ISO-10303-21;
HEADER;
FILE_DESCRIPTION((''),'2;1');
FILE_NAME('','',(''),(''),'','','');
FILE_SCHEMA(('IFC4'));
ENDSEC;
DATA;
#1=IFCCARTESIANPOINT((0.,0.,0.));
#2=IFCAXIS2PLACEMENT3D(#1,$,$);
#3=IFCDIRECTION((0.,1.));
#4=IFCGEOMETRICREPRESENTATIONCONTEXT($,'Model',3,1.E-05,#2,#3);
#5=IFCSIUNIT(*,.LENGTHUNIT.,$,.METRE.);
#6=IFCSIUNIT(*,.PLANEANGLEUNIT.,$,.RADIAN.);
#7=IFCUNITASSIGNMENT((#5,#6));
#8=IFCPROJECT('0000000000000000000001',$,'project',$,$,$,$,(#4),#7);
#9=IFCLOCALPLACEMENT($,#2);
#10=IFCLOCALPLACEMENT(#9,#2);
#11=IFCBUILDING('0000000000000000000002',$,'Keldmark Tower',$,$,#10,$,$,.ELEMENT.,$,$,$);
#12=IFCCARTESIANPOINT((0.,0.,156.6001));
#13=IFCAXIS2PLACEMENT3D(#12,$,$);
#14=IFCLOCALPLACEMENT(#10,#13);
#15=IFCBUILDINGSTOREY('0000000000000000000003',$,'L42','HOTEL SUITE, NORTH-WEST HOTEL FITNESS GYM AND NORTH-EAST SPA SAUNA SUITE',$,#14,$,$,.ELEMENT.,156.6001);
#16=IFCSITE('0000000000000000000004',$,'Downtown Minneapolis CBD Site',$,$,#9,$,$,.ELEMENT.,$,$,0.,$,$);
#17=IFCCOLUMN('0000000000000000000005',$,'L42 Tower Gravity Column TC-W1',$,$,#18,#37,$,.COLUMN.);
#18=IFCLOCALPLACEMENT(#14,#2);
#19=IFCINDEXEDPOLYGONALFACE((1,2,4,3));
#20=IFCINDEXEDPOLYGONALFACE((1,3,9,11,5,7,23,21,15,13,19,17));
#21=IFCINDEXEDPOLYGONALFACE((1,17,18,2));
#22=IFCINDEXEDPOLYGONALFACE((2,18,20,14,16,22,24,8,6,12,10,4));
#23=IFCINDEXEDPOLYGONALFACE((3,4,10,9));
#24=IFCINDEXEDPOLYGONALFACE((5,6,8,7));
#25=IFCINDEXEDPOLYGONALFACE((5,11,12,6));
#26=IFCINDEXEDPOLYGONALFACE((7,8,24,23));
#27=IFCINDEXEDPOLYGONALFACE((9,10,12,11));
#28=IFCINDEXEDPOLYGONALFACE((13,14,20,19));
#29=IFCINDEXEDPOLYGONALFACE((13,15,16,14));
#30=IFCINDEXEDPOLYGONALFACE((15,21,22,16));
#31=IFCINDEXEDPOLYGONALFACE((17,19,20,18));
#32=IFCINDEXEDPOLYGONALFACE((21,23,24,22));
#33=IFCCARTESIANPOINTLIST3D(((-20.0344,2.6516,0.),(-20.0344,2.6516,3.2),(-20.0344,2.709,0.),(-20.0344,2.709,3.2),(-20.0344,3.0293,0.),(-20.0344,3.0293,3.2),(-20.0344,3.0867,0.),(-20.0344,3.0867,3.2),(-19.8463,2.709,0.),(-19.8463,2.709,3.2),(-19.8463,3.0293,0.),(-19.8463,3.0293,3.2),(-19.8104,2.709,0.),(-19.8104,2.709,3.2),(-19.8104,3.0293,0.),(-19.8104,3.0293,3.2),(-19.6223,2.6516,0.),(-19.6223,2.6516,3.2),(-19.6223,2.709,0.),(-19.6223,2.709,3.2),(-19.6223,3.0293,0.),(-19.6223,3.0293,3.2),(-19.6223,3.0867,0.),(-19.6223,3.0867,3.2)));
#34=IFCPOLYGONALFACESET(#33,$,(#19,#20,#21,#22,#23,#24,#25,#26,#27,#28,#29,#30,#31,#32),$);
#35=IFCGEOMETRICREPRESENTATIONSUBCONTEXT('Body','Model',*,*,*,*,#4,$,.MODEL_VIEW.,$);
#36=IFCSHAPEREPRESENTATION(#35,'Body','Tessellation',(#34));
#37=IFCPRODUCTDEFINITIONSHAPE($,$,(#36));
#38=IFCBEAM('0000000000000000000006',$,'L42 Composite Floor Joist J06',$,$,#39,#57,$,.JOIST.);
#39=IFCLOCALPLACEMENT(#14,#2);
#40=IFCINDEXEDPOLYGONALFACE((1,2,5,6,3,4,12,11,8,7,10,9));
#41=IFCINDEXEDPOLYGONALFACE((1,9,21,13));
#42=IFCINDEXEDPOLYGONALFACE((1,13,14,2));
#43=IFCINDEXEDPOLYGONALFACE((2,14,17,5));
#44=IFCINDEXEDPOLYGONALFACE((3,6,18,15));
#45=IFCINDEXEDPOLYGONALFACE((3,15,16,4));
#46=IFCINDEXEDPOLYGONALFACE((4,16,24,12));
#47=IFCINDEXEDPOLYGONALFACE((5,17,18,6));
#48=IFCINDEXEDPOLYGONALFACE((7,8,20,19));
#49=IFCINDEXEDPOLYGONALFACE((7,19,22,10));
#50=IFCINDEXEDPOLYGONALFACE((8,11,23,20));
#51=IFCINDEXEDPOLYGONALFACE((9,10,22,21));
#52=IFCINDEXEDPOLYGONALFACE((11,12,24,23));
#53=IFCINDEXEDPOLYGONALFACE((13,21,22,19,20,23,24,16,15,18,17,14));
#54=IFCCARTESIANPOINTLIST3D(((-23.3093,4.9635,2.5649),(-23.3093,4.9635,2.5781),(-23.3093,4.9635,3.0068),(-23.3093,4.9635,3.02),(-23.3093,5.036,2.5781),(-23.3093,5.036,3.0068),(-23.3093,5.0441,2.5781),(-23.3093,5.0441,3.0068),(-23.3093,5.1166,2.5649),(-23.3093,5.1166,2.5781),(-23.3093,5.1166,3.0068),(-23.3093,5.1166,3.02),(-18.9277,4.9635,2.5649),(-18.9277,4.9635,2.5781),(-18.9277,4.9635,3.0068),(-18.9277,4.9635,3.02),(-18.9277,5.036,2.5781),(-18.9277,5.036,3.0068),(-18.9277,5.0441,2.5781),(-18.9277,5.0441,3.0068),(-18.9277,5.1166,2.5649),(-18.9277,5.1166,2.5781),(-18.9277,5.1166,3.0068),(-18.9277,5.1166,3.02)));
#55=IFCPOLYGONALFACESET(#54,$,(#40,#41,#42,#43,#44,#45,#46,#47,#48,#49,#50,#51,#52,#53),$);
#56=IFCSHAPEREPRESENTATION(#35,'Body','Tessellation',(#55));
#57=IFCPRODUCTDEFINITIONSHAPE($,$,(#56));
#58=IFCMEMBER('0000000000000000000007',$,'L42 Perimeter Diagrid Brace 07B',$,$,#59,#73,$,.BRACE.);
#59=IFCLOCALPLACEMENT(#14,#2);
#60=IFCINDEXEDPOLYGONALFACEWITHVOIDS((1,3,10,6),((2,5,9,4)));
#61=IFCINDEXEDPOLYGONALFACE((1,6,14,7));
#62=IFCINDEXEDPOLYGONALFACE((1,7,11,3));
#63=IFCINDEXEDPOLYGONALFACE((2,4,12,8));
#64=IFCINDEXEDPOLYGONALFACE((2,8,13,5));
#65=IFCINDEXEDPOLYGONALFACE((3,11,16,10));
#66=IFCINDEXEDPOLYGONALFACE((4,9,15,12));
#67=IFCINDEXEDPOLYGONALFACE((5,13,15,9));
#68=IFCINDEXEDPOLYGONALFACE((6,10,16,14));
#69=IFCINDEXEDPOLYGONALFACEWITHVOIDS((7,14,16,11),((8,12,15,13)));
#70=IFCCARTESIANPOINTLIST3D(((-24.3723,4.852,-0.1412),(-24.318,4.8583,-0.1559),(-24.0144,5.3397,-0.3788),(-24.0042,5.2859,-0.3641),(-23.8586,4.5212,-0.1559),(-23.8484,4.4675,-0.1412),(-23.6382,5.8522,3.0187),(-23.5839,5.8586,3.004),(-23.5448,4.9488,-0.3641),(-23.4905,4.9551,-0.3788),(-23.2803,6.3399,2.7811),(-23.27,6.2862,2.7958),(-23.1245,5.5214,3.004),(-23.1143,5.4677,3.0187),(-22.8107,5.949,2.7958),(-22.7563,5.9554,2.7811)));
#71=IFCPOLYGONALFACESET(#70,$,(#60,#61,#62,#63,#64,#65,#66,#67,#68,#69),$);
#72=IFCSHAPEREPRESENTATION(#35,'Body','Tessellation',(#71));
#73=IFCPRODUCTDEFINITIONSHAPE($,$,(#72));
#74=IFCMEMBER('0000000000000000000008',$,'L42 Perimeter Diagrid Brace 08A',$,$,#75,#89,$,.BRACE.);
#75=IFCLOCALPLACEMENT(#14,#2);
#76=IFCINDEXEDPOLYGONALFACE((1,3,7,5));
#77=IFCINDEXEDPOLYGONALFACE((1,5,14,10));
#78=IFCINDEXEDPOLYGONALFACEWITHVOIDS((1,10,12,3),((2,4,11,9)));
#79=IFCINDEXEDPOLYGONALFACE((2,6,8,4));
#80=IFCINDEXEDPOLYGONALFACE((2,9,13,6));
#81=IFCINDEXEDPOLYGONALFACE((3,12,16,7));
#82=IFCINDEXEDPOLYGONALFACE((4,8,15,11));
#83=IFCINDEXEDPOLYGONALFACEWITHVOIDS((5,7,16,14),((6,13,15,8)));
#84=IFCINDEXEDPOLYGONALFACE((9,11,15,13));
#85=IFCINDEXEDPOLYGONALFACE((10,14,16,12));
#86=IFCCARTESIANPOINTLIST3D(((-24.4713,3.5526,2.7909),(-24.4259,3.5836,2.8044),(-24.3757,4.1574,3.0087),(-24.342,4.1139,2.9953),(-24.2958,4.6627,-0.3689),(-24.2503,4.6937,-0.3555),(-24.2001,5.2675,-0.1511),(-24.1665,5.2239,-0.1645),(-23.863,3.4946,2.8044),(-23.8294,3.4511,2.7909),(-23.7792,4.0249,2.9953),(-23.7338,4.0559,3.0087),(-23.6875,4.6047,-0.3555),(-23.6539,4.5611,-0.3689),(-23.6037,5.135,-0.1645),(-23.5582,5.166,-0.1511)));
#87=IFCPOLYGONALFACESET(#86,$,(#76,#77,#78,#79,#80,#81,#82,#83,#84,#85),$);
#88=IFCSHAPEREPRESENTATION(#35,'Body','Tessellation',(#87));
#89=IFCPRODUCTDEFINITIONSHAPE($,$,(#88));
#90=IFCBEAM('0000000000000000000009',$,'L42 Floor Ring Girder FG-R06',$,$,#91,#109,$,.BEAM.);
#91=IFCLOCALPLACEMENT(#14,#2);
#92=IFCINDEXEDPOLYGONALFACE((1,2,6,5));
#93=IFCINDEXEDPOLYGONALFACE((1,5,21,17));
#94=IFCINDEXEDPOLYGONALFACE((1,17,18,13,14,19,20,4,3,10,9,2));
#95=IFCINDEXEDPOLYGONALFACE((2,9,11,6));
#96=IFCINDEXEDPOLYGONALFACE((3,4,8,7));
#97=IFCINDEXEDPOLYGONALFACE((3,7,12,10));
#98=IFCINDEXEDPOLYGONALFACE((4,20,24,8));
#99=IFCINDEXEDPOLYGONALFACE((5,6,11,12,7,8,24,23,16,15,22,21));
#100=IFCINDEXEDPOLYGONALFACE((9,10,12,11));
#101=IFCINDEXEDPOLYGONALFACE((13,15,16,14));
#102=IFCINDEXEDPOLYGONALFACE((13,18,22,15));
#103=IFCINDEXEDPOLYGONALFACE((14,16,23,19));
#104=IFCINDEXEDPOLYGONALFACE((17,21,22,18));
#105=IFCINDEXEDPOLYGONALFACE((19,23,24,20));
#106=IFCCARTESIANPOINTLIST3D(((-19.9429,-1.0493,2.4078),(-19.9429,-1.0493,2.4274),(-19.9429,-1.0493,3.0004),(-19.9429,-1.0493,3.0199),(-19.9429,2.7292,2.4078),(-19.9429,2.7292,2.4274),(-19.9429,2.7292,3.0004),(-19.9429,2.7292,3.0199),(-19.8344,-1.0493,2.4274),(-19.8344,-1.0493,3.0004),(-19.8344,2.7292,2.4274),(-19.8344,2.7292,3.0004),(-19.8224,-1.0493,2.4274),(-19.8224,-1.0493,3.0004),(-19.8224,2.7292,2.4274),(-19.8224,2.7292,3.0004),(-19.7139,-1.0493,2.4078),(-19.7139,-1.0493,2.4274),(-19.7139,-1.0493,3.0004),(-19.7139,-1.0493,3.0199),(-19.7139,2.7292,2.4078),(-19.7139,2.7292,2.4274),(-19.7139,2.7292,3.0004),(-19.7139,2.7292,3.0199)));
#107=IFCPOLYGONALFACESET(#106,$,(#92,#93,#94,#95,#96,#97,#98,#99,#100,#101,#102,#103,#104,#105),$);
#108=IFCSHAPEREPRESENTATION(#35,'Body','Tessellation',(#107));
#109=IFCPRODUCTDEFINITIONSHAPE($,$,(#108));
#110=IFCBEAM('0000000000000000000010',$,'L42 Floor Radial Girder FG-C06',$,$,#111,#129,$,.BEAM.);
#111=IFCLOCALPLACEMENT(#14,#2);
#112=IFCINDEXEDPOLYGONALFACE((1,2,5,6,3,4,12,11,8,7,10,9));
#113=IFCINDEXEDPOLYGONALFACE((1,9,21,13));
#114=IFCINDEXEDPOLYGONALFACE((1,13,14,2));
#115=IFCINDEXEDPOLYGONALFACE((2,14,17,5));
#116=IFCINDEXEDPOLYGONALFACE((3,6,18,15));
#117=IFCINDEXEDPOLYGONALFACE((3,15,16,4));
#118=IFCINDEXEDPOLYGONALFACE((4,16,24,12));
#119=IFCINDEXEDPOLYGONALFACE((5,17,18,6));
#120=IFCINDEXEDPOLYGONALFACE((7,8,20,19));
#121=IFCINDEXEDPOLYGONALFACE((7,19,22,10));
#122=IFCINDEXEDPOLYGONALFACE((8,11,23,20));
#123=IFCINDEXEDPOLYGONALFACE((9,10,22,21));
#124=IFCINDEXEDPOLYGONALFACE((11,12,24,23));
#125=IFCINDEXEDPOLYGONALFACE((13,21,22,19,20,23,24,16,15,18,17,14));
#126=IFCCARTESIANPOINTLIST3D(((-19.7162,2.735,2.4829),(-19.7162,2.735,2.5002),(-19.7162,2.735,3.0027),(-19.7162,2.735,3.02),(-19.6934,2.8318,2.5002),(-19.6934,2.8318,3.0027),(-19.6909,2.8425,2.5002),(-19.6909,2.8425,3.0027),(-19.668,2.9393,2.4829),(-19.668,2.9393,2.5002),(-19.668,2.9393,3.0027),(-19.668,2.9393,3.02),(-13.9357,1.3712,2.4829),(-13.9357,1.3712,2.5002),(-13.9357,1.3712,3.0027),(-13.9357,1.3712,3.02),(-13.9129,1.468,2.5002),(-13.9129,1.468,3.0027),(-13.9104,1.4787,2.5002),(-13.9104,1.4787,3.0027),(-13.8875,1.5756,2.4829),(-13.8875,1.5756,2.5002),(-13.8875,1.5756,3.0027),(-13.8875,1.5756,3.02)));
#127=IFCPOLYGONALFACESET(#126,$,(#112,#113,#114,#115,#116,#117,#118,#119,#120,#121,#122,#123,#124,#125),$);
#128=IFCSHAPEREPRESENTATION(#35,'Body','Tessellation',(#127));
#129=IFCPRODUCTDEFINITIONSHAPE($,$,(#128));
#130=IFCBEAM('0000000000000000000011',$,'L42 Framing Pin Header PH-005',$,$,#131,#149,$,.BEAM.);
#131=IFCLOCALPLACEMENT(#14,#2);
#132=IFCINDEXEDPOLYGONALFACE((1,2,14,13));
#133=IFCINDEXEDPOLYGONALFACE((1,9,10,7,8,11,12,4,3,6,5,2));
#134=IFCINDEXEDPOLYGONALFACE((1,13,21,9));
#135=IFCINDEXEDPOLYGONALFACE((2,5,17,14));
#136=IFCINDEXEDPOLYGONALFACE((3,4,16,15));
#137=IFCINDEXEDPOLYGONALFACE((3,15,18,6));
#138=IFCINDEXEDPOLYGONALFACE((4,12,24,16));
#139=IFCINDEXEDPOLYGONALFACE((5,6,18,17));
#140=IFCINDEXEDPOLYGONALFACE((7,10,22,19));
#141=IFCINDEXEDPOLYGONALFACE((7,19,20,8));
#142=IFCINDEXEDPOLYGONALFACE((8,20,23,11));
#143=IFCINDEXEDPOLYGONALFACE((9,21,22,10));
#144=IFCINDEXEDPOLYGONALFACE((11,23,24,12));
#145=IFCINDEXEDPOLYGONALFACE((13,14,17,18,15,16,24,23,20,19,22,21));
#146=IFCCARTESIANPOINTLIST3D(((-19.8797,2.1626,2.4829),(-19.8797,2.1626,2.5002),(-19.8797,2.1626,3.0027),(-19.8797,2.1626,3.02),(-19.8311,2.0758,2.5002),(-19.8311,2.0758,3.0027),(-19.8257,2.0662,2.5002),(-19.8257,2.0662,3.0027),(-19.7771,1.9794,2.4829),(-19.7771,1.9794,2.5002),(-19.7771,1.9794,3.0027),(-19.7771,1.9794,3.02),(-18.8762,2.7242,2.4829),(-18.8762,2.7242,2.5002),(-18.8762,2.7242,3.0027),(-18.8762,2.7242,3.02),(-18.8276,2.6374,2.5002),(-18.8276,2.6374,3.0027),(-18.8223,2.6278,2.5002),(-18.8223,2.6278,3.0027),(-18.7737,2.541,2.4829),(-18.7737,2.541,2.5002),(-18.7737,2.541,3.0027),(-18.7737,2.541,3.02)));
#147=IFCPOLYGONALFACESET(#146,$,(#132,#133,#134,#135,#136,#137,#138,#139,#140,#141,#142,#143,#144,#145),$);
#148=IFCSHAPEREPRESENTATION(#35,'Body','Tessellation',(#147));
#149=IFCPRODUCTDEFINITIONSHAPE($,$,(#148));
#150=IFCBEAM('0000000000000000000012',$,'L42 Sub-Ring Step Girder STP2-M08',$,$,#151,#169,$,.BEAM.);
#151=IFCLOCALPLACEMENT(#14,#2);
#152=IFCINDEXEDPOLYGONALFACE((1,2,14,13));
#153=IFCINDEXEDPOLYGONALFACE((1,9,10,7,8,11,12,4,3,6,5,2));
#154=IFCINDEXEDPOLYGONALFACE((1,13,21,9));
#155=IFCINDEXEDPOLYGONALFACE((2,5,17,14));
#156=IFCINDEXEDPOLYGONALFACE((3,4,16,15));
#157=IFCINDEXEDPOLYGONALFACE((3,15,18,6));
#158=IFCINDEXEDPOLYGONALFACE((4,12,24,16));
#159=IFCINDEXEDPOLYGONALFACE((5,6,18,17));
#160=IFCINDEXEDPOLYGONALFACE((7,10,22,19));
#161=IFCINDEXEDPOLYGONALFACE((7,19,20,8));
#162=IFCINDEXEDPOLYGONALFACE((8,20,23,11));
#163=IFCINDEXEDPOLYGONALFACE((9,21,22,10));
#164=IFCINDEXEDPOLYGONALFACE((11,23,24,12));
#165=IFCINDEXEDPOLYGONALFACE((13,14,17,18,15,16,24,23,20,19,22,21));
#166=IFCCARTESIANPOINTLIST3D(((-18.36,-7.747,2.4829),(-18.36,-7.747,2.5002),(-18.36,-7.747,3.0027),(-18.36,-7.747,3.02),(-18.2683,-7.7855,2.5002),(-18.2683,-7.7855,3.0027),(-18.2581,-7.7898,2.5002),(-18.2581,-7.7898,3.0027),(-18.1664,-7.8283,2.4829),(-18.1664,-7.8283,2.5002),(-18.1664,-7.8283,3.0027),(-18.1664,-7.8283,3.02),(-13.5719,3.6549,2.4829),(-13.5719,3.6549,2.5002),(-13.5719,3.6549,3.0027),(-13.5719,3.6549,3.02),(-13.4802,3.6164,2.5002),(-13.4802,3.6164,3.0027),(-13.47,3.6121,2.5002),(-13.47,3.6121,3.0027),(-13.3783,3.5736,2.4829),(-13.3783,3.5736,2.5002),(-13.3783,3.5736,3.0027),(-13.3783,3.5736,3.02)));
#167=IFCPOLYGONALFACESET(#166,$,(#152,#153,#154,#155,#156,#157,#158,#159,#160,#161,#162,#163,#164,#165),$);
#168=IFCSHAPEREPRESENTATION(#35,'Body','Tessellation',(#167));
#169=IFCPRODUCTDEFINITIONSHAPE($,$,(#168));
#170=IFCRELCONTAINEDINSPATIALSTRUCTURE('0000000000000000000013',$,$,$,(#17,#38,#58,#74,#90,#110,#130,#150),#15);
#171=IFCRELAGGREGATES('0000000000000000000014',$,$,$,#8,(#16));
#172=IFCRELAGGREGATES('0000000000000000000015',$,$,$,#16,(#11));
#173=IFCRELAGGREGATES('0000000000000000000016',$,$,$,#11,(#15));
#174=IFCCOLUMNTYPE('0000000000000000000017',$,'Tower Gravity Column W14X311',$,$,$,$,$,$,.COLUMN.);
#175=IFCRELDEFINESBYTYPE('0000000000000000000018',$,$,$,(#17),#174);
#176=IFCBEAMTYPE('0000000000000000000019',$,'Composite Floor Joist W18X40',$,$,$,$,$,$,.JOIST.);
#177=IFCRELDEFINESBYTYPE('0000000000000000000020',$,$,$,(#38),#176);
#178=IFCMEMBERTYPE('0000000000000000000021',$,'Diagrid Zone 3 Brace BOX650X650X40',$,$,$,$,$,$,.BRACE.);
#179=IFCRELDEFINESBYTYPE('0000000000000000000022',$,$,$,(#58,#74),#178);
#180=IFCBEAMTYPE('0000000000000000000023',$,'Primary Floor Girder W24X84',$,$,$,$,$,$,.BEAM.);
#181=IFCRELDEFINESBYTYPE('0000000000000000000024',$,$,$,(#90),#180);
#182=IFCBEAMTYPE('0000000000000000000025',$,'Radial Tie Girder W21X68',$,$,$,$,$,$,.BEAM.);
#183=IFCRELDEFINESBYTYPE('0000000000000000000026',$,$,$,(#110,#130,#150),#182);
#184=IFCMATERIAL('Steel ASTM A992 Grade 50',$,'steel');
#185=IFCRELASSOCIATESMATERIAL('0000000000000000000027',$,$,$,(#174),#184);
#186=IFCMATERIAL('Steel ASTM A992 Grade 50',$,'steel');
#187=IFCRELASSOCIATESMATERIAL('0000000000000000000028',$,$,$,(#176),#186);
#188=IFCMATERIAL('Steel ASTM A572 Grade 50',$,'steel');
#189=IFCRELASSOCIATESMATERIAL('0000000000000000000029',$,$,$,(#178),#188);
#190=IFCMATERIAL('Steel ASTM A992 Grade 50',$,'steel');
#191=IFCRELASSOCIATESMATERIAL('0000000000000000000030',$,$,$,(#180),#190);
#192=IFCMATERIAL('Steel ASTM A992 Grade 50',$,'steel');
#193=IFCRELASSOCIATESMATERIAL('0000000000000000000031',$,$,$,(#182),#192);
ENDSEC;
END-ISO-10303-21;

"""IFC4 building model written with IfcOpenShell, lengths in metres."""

from ifc_helpers import new_model, si_unit, direction, frame, origin, origin_2d, place, context, subcontext, project, spatial, hollow_rectangle, i_section, extrude, material, material_profile, profile_set, type_object, element, save


model = new_model("IFC4")

# Units and contexts
model_context = context("Model", 3, precision=1e-05, world=origin(), true_north=direction((0.0, 1.0)))
body_context = subcontext(model_context, "Body", "Model", "MODEL_VIEW")
ifc_project = project(units=[si_unit("LENGTHUNIT", "METRE"), si_unit("PLANEANGLEUNIT", "RADIAN")], contexts=[model_context])

# Site, building, storey
site_placement = place(None, origin())
site = spatial("IfcSite", under=ifc_project, at=site_placement, Name="Downtown Minneapolis CBD Site", CompositionType="ELEMENT", RefElevation=0.0)
building_placement = place(site_placement, origin())
building = spatial("IfcBuilding", under=site, at=building_placement, Name="Keldmark Tower", CompositionType="ELEMENT")
storey_placement = place(building_placement, frame((0.0, 0.0, 156.6001)))
storey = spatial("IfcBuildingStorey", under=building, at=storey_placement, Name="L42", Description="HOTEL SUITE, NORTH-WEST HOTEL FITNESS GYM AND NORTH-EAST SPA SAUNA SUITE", CompositionType="ELEMENT", Elevation=156.6001)

# Column
ifc_material_1 = material(Name="Steel ASTM A992 Grade 50", Category="steel")
ifc_material_profile_1 = material_profile(ifc_material_1, i_section(OverallWidth=0.4121, OverallDepth=0.4351, WebThickness=0.0359, FlangeThickness=0.0574, at=origin_2d()), Name="W14X311")
ifc_profile_set_1 = profile_set([ifc_material_profile_1], Name="Steel ASTM A992 Grade 50")
column_type = type_object("IfcColumnType", Name="Tower Gravity Column W14X311", PredefinedType="COLUMN", material=ifc_profile_set_1)
column_placement = place(storey_placement, frame((-19.8284, 2.8691, 0.0), z_axis=(0.0, 0.0, 1.0), x_axis=(1.0, 0.0, 0.0)))
element("IfcColumn", 1, at=column_placement, inside=storey, type_object=column_type, Name="L42 Tower Gravity Column TC-W1", PredefinedType="COLUMN", context=body_context, shape_type="SweptSolid", body=[
    extrude(i_section(OverallWidth=0.4121, OverallDepth=0.4351, WebThickness=0.0359, FlangeThickness=0.0574, at=origin_2d()), origin(), (0.0, 0.0, 1.0), 3.2),
])

# Beam
ifc_material_2 = material(Name="Steel ASTM A992 Grade 50", Category="steel")
ifc_material_profile_2 = material_profile(ifc_material_2, i_section(OverallWidth=0.1531, OverallDepth=0.4551, WebThickness=0.0081, FlangeThickness=0.0132, at=origin_2d()), Name="W18X40")
ifc_profile_set_2 = profile_set([ifc_material_profile_2], Name="Steel ASTM A992 Grade 50")
beam_type_1 = type_object("IfcBeamType", Name="Composite Floor Joist W18X40", PredefinedType="JOIST", material=ifc_profile_set_2)
beam_1_placement = place(storey_placement, frame((-23.3093, 5.04, 2.7925), z_axis=(1.0, 0.0, 0.0), x_axis=(0.0, 1.0, 0.0)))
element("IfcBeam", 2, at=beam_1_placement, inside=storey, type_object=beam_type_1, Name="L42 Composite Floor Joist J06", PredefinedType="JOIST", context=body_context, shape_type="SweptSolid", body=[
    extrude(i_section(OverallWidth=0.1531, OverallDepth=0.4551, WebThickness=0.0081, FlangeThickness=0.0132, at=origin_2d()), origin(), (0.0, 0.0, 1.0), 4.3816),
])

# Members
ifc_material_3 = material(Name="Steel ASTM A572 Grade 50", Category="steel")
ifc_material_profile_3 = material_profile(ifc_material_3, hollow_rectangle(XDim=0.6499, YDim=0.6499, WallThickness=0.04, at=origin_2d()), Name="BOX650X650X40")
ifc_profile_set_3 = profile_set([ifc_material_profile_3], Name="Steel ASTM A572 Grade 50")
member_type = type_object("IfcMemberType", Name="Diagrid Zone 3 Brace BOX650X650X40", PredefinedType="BRACE", material=ifc_profile_set_3)
member_1_placement = place(storey_placement, frame((-23.9314, 4.9036, -0.26), z_axis=(0.216253, 0.294642, 0.930817), x_axis=(-0.806167, 0.591688, 0.0)))
element("IfcMember", 3, at=member_1_placement, inside=storey, type_object=member_type, Name="L42 Perimeter Diagrid Brace 07B", PredefinedType="BRACE", context=body_context, shape_type="SweptSolid", body=[
    extrude(hollow_rectangle(XDim=0.6499, YDim=0.6499, WallThickness=0.04, at=origin_2d()), origin(), (0.0, 0.0, 1.0), 3.3948),
])
member_2_placement = place(storey_placement, frame((-23.927, 4.9143, -0.26), z_axis=(-0.052339, -0.330997, 0.942179), x_axis=(0.987728, -0.156186, 0.0)))
element("IfcMember", 4, at=member_2_placement, inside=storey, type_object=member_type, Name="L42 Perimeter Diagrid Brace 08A", PredefinedType="BRACE", context=body_context, shape_type="SweptSolid", body=[
    extrude(hollow_rectangle(XDim=0.6499, YDim=0.6499, WallThickness=0.04, at=origin_2d()), origin(), (0.0, 0.0, 1.0), 3.3538),
])

# Beams
ifc_material_4 = material(Name="Steel ASTM A992 Grade 50", Category="steel")
ifc_material_profile_4 = material_profile(ifc_material_4, i_section(OverallWidth=0.229, OverallDepth=0.6121, WebThickness=0.012, FlangeThickness=0.0195, at=origin_2d()), Name="W24X84")
ifc_profile_set_4 = profile_set([ifc_material_profile_4], Name="Steel ASTM A992 Grade 50")
beam_type_2 = type_object("IfcBeamType", Name="Primary Floor Girder W24X84", PredefinedType="BEAM", material=ifc_profile_set_4)
beam_2_placement = place(storey_placement, frame((-19.8284, 2.7292, 2.7139), z_axis=(0.0, -1.0, 0.0), x_axis=(1.0, 0.0, 0.0)))
element("IfcBeam", 5, at=beam_2_placement, inside=storey, type_object=beam_type_2, Name="L42 Floor Ring Girder FG-R06", PredefinedType="BEAM", context=body_context, shape_type="SweptSolid", body=[
    extrude(i_section(OverallWidth=0.229, OverallDepth=0.6121, WebThickness=0.012, FlangeThickness=0.0195, at=origin_2d()), origin(), (0.0, 0.0, 1.0), 3.7786),
])
ifc_material_5 = material(Name="Steel ASTM A992 Grade 50", Category="steel")
ifc_material_profile_5 = material_profile(ifc_material_5, i_section(OverallWidth=0.21, OverallDepth=0.5371, WebThickness=0.011, FlangeThickness=0.0173, at=origin_2d()), Name="W21X68")
ifc_profile_set_5 = profile_set([ifc_material_profile_5], Name="Steel ASTM A992 Grade 50")
beam_type_3 = type_object("IfcBeamType", Name="Radial Tie Girder W21X68", PredefinedType="BEAM", material=ifc_profile_set_5)
beam_3_placement = place(storey_placement, frame((-19.6921, 2.8372, 2.7515), z_axis=(0.97328, -0.229621, 0.0), x_axis=(0.229621, 0.97328, 0.0)))
element("IfcBeam", 6, at=beam_3_placement, inside=storey, type_object=beam_type_3, Name="L42 Floor Radial Girder FG-C06", PredefinedType="BEAM", context=body_context, shape_type="SweptSolid", body=[
    extrude(i_section(OverallWidth=0.21, OverallDepth=0.5371, WebThickness=0.011, FlangeThickness=0.0173, at=origin_2d()), origin(), (0.0, 0.0, 1.0), 5.9392),
])
beam_4_placement = place(storey_placement, frame((-18.825, 2.6326, 2.7515), z_axis=(-0.872651, -0.488345, 0.0), x_axis=(0.488345, -0.872651, 0.0)))
element("IfcBeam", 7, at=beam_4_placement, inside=storey, type_object=beam_type_3, Name="L42 Framing Pin Header PH-005", PredefinedType="BEAM", context=body_context, shape_type="SweptSolid", body=[
    extrude(i_section(OverallWidth=0.21, OverallDepth=0.5371, WebThickness=0.011, FlangeThickness=0.0173, at=origin_2d()), origin(), (0.0, 0.0, 1.0), 1.1499),
])
beam_5_placement = place(storey_placement, frame((-13.4751, 3.6143, 2.7515), z_axis=(-0.387185, -0.922002, 0.0), x_axis=(0.922002, -0.387185, 0.0)))
element("IfcBeam", 8, at=beam_5_placement, inside=storey, type_object=beam_type_3, Name="L42 Sub-Ring Step Girder STP2-M08", PredefinedType="BEAM", context=body_context, shape_type="SweptSolid", body=[
    extrude(i_section(OverallWidth=0.21, OverallDepth=0.5371, WebThickness=0.011, FlangeThickness=0.0173, at=origin_2d()), origin(), (0.0, 0.0, 1.0), 12.3665),
])

save(model, "model.ifc")
